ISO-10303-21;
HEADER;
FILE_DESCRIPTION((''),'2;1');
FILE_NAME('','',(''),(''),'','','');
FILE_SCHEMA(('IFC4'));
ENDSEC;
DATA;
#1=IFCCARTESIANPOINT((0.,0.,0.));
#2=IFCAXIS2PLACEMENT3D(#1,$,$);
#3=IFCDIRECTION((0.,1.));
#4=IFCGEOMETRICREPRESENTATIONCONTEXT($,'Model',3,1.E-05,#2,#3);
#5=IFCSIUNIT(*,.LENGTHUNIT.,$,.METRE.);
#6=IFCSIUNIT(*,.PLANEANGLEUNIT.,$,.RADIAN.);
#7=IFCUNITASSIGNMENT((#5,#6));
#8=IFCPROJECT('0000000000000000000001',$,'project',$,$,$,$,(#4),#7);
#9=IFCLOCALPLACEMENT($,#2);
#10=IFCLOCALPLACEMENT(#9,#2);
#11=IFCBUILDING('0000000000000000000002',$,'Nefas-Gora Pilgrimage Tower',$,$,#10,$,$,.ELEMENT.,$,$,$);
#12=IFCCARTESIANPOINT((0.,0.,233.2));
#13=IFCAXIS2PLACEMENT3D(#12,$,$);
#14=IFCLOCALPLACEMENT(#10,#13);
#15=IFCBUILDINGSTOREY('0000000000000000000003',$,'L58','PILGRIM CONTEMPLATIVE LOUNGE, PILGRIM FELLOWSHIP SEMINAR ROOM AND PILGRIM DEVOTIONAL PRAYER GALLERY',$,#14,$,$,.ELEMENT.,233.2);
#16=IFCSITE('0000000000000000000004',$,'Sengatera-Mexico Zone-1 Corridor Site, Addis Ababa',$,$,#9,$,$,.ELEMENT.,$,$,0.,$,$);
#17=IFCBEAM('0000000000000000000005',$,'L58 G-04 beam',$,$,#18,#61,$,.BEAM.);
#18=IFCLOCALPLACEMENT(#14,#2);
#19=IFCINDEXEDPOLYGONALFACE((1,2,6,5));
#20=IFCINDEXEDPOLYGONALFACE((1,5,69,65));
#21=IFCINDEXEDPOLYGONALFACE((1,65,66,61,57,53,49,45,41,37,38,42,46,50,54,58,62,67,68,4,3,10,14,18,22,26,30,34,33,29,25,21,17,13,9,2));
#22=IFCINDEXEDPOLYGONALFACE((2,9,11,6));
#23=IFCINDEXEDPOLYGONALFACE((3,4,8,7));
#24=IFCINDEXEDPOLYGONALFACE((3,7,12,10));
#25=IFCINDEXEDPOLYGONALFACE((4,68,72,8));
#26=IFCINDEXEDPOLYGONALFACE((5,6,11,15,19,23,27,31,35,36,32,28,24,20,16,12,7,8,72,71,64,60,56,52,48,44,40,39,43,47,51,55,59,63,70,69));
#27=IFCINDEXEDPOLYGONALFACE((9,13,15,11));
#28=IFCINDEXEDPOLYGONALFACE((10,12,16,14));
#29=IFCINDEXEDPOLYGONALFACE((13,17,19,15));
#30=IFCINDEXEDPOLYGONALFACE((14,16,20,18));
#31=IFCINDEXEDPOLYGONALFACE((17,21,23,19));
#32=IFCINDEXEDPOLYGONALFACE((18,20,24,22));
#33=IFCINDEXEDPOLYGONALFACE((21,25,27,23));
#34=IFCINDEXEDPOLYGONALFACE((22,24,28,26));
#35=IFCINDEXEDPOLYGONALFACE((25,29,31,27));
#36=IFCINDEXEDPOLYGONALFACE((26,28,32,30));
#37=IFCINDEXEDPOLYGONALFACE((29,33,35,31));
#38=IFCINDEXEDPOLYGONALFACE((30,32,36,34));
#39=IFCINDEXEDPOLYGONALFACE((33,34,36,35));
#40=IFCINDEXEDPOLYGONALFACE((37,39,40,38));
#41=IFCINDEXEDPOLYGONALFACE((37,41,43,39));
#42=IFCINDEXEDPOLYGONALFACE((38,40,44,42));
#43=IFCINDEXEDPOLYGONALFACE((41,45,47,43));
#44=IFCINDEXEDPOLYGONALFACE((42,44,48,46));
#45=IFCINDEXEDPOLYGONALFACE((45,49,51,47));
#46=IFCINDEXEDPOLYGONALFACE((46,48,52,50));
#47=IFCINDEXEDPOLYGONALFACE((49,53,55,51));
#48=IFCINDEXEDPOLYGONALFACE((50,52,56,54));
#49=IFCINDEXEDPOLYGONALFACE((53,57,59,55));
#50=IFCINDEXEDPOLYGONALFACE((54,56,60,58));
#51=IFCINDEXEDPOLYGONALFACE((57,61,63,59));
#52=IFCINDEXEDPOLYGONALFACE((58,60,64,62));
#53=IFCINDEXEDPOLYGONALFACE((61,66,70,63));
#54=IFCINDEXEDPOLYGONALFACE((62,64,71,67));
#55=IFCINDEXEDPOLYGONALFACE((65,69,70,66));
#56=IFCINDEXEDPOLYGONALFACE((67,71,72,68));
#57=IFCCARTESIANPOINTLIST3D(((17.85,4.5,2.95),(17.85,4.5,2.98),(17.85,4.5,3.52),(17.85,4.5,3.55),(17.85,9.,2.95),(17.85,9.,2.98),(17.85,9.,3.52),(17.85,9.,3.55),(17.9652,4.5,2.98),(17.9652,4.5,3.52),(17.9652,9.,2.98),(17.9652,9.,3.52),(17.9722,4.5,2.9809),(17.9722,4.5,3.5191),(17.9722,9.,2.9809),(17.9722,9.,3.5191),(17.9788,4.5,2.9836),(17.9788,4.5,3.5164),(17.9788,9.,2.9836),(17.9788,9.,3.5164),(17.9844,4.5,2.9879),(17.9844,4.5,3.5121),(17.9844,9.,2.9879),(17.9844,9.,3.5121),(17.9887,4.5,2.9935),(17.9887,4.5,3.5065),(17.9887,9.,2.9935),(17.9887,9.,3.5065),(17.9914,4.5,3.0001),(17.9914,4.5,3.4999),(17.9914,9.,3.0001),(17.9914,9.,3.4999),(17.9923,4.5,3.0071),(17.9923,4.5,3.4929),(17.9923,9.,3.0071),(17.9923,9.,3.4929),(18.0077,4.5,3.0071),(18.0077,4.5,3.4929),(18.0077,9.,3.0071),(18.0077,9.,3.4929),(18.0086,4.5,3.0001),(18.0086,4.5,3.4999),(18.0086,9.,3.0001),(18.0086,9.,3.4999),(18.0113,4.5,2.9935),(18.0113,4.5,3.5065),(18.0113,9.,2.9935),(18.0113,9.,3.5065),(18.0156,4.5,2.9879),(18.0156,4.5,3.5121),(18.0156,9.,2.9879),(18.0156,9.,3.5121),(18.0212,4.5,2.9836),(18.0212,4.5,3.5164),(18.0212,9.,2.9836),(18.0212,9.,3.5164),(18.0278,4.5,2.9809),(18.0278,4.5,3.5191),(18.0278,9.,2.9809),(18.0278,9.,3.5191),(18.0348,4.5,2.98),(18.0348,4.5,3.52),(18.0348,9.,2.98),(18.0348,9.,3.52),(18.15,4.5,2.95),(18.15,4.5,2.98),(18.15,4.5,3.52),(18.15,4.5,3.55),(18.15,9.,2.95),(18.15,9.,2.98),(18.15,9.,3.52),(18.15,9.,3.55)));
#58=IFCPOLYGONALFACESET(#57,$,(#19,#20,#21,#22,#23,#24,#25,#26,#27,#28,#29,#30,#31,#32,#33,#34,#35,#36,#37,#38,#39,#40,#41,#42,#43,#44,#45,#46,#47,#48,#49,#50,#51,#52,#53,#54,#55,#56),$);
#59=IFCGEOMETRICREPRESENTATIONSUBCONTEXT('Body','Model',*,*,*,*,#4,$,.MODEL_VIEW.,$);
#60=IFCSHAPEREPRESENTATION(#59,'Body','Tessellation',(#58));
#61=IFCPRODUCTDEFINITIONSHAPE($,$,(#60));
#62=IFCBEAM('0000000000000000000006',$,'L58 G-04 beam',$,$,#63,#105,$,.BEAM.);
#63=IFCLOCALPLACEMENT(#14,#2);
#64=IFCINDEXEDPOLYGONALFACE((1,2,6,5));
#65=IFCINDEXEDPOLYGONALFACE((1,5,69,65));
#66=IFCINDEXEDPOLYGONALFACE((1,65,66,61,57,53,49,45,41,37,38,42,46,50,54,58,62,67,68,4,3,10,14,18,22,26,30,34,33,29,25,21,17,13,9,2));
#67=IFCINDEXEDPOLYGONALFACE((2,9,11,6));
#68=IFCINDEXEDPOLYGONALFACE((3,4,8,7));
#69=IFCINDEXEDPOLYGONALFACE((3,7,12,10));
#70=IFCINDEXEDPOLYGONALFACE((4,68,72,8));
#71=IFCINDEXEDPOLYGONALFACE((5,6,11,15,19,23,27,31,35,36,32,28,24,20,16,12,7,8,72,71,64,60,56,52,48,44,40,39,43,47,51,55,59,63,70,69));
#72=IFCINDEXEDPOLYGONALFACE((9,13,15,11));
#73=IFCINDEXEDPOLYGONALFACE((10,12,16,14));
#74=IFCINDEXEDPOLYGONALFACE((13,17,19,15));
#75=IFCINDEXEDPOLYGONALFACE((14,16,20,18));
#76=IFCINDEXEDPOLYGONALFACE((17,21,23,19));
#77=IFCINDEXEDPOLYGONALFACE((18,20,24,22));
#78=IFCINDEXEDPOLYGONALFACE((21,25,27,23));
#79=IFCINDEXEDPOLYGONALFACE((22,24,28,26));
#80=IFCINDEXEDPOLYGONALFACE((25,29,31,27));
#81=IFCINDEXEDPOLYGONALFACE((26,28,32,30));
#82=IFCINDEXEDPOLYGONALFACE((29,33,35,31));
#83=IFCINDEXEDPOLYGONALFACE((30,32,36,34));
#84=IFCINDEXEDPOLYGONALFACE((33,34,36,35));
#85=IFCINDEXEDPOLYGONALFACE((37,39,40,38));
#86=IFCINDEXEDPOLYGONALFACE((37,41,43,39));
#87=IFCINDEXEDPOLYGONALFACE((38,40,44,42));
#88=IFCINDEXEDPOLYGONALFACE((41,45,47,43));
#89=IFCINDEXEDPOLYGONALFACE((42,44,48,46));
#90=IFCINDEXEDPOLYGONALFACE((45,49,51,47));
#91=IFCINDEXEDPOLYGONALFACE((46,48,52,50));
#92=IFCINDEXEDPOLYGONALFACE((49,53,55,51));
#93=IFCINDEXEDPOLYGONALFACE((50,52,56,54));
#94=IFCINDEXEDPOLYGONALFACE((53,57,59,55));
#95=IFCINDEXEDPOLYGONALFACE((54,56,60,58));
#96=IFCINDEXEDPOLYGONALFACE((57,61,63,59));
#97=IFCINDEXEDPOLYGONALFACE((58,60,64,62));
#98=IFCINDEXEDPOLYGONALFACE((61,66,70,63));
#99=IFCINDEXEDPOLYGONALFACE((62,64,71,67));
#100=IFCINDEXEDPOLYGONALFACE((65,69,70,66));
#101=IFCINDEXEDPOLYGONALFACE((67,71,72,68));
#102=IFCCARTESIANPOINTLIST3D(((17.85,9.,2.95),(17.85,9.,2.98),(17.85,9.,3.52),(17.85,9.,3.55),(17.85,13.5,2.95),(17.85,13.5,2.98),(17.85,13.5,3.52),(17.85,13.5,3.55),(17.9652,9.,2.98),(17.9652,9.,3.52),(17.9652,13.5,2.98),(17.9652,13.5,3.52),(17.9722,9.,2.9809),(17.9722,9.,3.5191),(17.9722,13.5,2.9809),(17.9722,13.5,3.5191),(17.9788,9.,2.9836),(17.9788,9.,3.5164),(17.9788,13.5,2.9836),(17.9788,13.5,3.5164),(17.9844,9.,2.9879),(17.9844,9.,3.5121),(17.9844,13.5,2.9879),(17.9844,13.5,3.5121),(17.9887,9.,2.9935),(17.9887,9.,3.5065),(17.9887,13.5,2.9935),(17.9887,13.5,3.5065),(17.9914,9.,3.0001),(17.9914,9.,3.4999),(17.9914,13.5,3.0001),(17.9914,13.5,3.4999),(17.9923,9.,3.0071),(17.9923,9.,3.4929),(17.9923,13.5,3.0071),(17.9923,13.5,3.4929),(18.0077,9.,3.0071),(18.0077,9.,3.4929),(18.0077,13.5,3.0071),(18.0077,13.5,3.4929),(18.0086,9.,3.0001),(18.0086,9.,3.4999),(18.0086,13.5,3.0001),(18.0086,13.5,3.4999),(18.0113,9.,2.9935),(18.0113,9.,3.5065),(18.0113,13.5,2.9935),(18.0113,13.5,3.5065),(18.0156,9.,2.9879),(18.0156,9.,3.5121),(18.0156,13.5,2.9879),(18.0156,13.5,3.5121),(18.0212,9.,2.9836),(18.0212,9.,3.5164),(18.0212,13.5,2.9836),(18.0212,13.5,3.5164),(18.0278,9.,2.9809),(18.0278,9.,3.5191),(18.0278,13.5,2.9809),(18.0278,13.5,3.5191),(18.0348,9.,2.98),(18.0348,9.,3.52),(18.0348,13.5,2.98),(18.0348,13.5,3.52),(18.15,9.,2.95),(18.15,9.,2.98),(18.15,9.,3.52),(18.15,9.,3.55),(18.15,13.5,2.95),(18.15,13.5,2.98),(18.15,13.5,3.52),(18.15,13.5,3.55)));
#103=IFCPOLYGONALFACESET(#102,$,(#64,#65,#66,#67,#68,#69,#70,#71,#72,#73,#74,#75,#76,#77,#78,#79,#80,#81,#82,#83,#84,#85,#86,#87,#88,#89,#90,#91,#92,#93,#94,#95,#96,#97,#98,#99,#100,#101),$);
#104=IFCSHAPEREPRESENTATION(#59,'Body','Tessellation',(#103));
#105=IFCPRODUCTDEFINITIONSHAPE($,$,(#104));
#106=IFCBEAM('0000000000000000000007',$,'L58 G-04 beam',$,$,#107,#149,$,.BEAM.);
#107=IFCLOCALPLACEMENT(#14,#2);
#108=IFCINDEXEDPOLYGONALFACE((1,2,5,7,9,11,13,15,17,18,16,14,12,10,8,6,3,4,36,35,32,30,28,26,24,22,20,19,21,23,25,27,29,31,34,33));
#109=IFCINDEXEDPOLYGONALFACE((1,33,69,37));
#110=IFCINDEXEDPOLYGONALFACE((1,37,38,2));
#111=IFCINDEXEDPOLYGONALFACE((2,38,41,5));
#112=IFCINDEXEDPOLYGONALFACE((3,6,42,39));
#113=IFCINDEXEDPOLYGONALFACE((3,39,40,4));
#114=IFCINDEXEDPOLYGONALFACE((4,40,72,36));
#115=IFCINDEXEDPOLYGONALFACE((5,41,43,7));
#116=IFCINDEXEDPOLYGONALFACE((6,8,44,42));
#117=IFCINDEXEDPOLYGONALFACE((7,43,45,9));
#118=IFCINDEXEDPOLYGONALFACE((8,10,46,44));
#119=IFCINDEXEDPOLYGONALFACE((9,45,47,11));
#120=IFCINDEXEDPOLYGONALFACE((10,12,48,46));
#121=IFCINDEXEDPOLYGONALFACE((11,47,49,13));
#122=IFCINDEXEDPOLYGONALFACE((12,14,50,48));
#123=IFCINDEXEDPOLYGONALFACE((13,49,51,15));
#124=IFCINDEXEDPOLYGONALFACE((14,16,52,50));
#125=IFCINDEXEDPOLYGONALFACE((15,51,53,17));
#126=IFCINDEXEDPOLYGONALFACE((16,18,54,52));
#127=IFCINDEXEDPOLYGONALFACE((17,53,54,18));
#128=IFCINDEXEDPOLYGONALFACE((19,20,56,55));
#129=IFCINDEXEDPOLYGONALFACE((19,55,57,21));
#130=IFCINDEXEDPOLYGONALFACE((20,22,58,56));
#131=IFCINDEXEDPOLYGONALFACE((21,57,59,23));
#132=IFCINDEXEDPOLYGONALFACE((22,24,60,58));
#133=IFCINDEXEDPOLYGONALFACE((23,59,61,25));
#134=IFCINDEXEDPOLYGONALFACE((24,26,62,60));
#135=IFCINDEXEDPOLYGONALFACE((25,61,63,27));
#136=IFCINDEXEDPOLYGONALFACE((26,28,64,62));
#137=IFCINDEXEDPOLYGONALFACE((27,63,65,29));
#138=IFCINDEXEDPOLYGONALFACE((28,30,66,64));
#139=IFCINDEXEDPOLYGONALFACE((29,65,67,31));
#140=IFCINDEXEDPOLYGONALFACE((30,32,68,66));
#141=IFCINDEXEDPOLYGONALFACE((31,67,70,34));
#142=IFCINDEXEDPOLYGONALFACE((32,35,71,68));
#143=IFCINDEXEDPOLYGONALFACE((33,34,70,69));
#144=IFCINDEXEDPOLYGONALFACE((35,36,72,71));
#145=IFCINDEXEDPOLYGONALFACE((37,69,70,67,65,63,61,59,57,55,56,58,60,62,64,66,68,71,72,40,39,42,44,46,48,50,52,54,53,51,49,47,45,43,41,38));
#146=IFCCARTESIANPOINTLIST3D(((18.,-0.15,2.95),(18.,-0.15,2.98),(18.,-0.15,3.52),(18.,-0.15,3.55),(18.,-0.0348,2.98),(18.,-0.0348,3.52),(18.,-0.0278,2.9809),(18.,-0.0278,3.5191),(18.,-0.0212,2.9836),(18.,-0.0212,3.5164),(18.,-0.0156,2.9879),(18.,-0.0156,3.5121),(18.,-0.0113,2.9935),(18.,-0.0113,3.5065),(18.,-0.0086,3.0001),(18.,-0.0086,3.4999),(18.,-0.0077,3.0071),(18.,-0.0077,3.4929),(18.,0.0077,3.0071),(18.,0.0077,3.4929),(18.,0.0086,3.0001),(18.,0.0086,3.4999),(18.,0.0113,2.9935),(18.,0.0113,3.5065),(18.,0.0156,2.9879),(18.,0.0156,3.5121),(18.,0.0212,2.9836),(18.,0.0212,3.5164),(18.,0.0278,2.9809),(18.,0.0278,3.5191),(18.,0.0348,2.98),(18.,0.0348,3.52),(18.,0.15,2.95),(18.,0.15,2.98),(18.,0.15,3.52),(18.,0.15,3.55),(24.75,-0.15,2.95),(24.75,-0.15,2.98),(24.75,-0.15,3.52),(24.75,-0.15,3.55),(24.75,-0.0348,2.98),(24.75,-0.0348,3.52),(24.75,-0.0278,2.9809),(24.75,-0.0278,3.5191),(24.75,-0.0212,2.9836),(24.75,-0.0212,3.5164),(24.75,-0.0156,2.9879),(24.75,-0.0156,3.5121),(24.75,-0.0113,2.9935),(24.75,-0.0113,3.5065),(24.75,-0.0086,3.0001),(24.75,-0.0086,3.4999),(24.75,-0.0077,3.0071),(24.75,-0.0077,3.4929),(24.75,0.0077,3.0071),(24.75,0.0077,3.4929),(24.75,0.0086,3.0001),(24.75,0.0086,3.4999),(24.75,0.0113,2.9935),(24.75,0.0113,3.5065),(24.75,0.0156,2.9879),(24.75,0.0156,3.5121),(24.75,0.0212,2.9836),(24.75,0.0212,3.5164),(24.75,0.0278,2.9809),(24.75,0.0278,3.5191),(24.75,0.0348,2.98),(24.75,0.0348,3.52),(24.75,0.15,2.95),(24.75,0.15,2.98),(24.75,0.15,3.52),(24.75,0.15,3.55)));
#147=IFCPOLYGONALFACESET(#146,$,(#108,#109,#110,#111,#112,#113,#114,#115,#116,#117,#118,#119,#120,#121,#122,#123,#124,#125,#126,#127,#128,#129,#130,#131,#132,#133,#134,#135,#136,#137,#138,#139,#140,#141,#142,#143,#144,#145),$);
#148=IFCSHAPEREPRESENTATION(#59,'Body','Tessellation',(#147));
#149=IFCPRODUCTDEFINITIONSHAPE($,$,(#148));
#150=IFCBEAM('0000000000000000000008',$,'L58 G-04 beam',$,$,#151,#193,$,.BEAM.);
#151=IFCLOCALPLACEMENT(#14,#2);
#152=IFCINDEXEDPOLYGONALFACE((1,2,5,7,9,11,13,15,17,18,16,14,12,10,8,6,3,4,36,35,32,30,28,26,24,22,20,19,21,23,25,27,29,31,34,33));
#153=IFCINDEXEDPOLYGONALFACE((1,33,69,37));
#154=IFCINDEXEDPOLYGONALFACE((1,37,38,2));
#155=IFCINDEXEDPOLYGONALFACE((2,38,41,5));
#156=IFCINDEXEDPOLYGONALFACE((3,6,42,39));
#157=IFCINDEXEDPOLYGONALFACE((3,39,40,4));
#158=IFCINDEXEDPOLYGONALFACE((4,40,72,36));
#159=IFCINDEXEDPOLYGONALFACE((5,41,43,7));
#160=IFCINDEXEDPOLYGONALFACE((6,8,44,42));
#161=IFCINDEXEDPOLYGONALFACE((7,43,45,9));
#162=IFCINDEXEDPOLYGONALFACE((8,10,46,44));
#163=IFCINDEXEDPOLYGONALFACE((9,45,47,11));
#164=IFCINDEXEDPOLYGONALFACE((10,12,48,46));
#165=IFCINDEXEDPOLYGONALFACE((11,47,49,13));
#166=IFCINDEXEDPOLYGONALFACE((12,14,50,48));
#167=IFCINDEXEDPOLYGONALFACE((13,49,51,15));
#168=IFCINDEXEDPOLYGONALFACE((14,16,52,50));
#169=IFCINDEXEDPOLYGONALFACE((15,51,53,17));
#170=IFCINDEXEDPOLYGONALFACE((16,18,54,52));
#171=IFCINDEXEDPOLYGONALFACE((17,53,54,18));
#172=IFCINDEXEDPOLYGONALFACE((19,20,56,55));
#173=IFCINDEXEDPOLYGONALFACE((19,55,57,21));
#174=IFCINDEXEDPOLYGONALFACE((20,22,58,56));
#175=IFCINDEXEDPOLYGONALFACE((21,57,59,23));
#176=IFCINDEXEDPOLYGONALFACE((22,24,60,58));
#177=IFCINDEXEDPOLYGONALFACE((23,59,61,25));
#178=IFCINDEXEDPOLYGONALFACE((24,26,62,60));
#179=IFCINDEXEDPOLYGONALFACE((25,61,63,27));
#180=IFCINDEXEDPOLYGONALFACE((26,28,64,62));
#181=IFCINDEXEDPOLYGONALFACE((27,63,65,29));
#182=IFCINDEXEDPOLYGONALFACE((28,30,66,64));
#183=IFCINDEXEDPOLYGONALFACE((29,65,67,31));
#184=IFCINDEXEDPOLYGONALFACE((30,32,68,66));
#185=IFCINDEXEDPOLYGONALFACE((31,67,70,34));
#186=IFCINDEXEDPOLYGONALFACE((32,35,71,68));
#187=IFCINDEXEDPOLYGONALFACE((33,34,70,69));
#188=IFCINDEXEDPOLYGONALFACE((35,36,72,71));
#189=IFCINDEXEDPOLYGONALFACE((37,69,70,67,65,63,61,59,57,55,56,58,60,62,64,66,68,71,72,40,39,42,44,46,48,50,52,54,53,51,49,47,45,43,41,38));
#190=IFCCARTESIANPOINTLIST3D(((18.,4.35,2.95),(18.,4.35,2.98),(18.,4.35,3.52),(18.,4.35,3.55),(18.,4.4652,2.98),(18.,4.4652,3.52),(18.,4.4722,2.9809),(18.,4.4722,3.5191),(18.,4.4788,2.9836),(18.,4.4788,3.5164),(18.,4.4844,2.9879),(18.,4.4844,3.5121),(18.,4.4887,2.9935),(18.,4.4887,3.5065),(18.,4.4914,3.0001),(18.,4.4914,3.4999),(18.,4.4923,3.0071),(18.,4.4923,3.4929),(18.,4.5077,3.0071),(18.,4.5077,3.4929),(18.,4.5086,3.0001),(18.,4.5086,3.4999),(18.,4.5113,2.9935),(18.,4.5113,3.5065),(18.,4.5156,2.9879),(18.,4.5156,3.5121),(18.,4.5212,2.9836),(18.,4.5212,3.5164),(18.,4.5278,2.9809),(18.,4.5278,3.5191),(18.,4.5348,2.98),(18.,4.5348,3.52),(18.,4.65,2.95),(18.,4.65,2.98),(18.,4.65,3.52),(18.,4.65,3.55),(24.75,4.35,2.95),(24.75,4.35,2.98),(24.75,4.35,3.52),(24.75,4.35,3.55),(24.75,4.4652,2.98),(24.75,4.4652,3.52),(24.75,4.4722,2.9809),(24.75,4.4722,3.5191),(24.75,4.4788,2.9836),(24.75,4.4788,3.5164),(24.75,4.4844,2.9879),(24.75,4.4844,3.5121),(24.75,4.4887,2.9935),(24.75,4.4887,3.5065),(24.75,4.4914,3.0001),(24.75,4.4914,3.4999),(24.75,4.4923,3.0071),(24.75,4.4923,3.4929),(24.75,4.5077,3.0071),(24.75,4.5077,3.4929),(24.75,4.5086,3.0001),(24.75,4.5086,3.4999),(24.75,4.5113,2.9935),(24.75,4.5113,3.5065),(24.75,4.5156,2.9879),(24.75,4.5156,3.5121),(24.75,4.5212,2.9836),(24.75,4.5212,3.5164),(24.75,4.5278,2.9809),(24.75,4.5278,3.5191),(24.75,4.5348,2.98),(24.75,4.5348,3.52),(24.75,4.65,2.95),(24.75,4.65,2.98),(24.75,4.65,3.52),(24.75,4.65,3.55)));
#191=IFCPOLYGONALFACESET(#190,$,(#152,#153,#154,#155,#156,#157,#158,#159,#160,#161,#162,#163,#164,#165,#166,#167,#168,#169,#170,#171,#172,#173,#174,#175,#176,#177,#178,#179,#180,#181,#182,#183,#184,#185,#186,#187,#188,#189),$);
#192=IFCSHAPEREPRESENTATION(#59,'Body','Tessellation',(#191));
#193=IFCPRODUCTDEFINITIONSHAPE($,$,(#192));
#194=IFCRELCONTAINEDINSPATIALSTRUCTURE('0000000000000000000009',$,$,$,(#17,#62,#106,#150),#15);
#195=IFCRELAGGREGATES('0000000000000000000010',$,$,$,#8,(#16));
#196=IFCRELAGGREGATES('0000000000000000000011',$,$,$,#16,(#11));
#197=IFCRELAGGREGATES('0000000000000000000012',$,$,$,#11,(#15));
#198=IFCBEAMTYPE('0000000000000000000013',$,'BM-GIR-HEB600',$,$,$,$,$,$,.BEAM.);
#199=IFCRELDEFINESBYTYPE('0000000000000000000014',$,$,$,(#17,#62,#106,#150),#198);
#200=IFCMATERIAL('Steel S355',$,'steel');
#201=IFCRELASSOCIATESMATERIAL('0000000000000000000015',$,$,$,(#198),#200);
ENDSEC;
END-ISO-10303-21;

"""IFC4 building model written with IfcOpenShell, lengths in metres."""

from ifc_helpers import new_model, si_unit, direction, frame, origin, origin_2d, place, context, subcontext, project, spatial, i_section, extrude, source, transform, mapped, material, material_profile, profile_set, type_object, element, save


model = new_model("IFC4")

# Units and contexts
model_context = context("Model", 3, precision=1e-05, world=origin(), true_north=direction((0.0, 1.0)))
body_context = subcontext(model_context, "Body", "Model", "MODEL_VIEW")
ifc_project = project(units=[si_unit("LENGTHUNIT", "METRE"), si_unit("PLANEANGLEUNIT", "RADIAN")], contexts=[model_context])

# Site, building, storey
site_placement = place(None, origin())
site = spatial("IfcSite", under=ifc_project, at=site_placement, Name="Sengatera-Mexico Zone-1 Corridor Site, Addis Ababa", CompositionType="ELEMENT", RefElevation=0.0)
building_placement = place(site_placement, origin())
building = spatial("IfcBuilding", under=site, at=building_placement, Name="Nefas-Gora Pilgrimage Tower", CompositionType="ELEMENT")
storey_placement = place(building_placement, frame((0.0, 0.0, 233.2)))
storey = spatial("IfcBuildingStorey", under=building, at=storey_placement, Name="L58", Description="PILGRIM CONTEMPLATIVE LOUNGE, PILGRIM FELLOWSHIP SEMINAR ROOM AND PILGRIM DEVOTIONAL PRAYER GALLERY", CompositionType="ELEMENT", Elevation=233.2)

# Beams
ifc_material_1 = material(Name="Steel S355", Category="steel")
ifc_material_profile_1 = material_profile(ifc_material_1, i_section(OverallWidth=0.3, OverallDepth=0.6001, WebThickness=0.0154, FlangeThickness=0.03, FilletRadius=0.0271, at=origin_2d()), Name="HEB 600")
ifc_profile_set_1 = profile_set([ifc_material_profile_1], Name="Steel S355")
beam_type_1 = type_object("IfcBeamType", Name="BM-GIR-HEB600", PredefinedType="BEAM", material=ifc_profile_set_1)
shared_shape_1 = source(origin(), body_context, "Body", "SweptSolid", [
    extrude(i_section(OverallWidth=0.3, OverallDepth=0.6001, WebThickness=0.0154, FlangeThickness=0.03, FilletRadius=0.0271, at=origin_2d()), origin(), (0.0, 0.0, 1.0), 4.5),
])
for number, where, z_axis, x_axis, name in (
    (1, (18.0, 4.5, 3.25), (0.0, 1.0, 0.0), (-1.0, 0.0, 0.0), "L58 G-04 beam"),
    (2, (18.0, 9.0, 3.25), (0.0, 1.0, 0.0), (-1.0, 0.0, 0.0), "L58 G-04 beam"),
):
    element("IfcBeam", number, at=place(storey_placement, frame(where, z_axis=z_axis, x_axis=x_axis)), inside=storey, type_object=beam_type_1, Name=name, PredefinedType="BEAM", context=body_context, shape_type="MappedRepresentation", body=[
        mapped(shared_shape_1, transform((0.0, 0.0, 0.0), x_axis=(1.0, 0.0, 0.0), y_axis=(0.0, 1.0, 0.0), z_axis=(0.0, 0.0, 1.0), scale=1.0)),
    ])
shared_shape_2 = source(origin(), body_context, "Body", "SweptSolid", [
    extrude(i_section(OverallWidth=0.3, OverallDepth=0.6001, WebThickness=0.0154, FlangeThickness=0.03, FilletRadius=0.0271, at=origin_2d()), origin(), (0.0, 0.0, 1.0), 6.75),
])
for number, where, z_axis, x_axis, name in (
    (3, (18.0, 0.0, 3.25), (1.0, 0.0, 0.0), (0.0, 1.0, 0.0), "L58 G-04 beam"),
    (4, (18.0, 4.5, 3.25), (1.0, 0.0, 0.0), (0.0, 1.0, 0.0), "L58 G-04 beam"),
):
    element("IfcBeam", number, at=place(storey_placement, frame(where, z_axis=z_axis, x_axis=x_axis)), inside=storey, type_object=beam_type_1, Name=name, PredefinedType="BEAM", context=body_context, shape_type="MappedRepresentation", body=[
        mapped(shared_shape_2, transform((0.0, 0.0, 0.0), x_axis=(1.0, 0.0, 0.0), y_axis=(0.0, 1.0, 0.0), z_axis=(0.0, 0.0, 1.0), scale=1.0)),
    ])

save(model, "model.ifc")
